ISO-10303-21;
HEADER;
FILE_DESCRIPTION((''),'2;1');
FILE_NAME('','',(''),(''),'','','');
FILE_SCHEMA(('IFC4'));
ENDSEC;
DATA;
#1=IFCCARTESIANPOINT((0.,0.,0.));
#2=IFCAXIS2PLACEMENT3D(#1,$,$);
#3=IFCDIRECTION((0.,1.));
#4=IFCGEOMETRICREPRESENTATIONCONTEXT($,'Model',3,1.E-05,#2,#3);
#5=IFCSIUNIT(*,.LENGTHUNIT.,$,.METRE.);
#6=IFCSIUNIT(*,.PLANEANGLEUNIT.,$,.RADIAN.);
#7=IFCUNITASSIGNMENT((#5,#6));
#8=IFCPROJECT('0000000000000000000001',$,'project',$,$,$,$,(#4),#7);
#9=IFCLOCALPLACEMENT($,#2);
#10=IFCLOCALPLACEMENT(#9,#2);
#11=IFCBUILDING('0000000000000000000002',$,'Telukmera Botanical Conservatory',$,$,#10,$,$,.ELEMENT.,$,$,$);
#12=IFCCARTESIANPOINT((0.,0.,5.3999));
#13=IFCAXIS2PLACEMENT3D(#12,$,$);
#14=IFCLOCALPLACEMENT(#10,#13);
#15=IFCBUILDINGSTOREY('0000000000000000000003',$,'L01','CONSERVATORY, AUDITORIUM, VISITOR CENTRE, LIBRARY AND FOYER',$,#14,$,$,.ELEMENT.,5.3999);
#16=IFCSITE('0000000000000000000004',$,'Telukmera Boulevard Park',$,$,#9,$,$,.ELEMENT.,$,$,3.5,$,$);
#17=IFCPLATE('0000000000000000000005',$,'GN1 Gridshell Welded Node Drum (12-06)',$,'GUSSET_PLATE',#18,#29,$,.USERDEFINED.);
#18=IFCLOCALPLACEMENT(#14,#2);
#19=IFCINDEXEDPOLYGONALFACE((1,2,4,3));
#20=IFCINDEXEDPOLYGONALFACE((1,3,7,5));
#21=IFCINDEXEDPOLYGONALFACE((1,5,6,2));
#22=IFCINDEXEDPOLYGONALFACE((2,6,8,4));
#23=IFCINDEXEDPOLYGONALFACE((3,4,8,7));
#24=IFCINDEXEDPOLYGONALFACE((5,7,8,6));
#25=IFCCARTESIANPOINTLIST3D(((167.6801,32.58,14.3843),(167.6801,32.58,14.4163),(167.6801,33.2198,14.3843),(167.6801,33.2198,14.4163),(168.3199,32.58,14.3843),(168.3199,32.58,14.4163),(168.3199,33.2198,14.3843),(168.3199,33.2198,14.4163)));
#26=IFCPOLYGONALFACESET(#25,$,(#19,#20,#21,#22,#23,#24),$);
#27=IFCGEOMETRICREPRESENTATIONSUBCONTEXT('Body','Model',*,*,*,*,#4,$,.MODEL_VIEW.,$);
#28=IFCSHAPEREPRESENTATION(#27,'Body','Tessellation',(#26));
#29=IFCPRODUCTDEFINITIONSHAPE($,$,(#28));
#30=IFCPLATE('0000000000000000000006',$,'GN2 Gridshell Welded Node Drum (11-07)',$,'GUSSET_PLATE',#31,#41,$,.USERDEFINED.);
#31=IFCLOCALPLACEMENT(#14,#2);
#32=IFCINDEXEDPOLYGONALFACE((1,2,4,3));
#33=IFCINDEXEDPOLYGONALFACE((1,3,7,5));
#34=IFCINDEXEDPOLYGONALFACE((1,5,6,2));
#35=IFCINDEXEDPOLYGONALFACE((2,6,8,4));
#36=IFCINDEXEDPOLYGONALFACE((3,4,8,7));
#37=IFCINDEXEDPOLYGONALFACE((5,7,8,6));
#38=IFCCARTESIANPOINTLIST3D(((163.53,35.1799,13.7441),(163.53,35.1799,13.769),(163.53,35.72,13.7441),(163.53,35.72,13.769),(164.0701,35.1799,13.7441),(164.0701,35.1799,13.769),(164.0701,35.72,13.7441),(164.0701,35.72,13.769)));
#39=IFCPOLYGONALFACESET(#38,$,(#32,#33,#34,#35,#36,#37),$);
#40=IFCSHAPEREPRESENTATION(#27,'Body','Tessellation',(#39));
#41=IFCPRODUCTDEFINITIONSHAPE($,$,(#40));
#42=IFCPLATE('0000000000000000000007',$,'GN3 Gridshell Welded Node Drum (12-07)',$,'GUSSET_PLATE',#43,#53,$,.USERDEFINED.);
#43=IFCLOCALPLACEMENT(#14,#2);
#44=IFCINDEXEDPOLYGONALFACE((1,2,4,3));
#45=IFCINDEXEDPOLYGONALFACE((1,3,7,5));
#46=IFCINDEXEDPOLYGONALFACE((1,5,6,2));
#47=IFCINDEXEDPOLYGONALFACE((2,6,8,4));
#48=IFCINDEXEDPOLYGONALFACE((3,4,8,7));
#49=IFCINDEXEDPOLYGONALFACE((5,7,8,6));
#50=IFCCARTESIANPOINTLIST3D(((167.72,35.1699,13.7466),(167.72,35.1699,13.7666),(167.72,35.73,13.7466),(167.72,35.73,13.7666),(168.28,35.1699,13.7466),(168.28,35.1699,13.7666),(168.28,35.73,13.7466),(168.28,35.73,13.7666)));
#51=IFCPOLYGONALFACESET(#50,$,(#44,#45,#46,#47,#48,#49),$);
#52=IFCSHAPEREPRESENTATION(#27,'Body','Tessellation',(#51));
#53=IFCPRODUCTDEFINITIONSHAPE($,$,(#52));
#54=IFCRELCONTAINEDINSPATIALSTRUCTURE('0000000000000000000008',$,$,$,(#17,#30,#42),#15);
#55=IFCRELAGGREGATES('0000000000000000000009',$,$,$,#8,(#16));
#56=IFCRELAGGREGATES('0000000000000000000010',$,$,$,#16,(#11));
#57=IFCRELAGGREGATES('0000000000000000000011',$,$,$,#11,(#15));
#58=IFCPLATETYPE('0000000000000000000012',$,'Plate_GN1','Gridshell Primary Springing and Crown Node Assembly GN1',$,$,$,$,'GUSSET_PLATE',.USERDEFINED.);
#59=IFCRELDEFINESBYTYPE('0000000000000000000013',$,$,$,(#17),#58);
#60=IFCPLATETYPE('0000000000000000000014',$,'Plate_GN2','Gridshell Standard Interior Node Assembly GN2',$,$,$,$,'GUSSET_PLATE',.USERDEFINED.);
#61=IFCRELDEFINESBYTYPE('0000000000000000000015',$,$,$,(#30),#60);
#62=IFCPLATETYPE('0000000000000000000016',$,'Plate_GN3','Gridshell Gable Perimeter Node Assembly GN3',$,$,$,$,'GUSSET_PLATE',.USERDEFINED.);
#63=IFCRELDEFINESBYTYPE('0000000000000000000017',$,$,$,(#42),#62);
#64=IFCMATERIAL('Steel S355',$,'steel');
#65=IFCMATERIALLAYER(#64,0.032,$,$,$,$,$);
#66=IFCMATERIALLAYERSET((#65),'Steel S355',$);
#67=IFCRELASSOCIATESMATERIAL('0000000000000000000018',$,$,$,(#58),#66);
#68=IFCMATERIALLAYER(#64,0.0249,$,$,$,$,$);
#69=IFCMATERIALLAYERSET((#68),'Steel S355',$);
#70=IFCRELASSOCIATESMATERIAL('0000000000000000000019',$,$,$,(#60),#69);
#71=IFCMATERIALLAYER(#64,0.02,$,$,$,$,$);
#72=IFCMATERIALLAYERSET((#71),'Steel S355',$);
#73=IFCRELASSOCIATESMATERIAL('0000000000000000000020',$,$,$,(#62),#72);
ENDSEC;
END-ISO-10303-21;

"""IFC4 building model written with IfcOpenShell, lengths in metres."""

from ifc_helpers import new_model, si_unit, direction, frame, origin, origin_2d, place, context, subcontext, project, spatial, rectangle, extrude, material, layer, layer_set, type_object, element, save


model = new_model("IFC4")

# Units and contexts
model_context = context("Model", 3, precision=1e-05, world=origin(), true_north=direction((0.0, 1.0)))
body_context = subcontext(model_context, "Body", "Model", "MODEL_VIEW")
ifc_project = project(units=[si_unit("LENGTHUNIT", "METRE"), si_unit("PLANEANGLEUNIT", "RADIAN")], contexts=[model_context])

# Site, building, storey
site_placement = place(None, origin())
site = spatial("IfcSite", under=ifc_project, at=site_placement, Name="Telukmera Boulevard Park", CompositionType="ELEMENT", RefElevation=3.5)
building_placement = place(site_placement, origin())
building = spatial("IfcBuilding", under=site, at=building_placement, Name="Telukmera Botanical Conservatory", CompositionType="ELEMENT")
storey_placement = place(building_placement, frame((0.0, 0.0, 5.3999)))
storey = spatial("IfcBuildingStorey", under=building, at=storey_placement, Name="L01", Description="CONSERVATORY, AUDITORIUM, VISITOR CENTRE, LIBRARY AND FOYER", CompositionType="ELEMENT", Elevation=5.3999)

# Shared definitions
ifc_material = material(Name="Steel S355", Category="steel")

# Plates
ifc_layer_1 = layer(ifc_material, 0.032)
ifc_layer_set_1 = layer_set([ifc_layer_1], Name="Steel S355")
plate_type_1 = type_object("IfcPlateType", Name="Plate_GN1", Description="Gridshell Primary Springing and Crown Node Assembly GN1", ElementType="GUSSET_PLATE", PredefinedType="USERDEFINED", material=ifc_layer_set_1)
for number, where, z_axis, x_axis, name in (
    (1, (168.0, 32.8999, 14.3843), (0.0, 0.0, 1.0), (1.0, 0.0, 0.0), "GN1 Gridshell Welded Node Drum (12-06)"),
):
    element("IfcPlate", number, at=place(storey_placement, frame(where, z_axis=z_axis, x_axis=x_axis)), inside=storey, type_object=plate_type_1, Name=name, ObjectType="GUSSET_PLATE", PredefinedType="USERDEFINED", context=body_context, shape_type="SweptSolid", body=[
        extrude(rectangle(XDim=0.6399, YDim=0.6399, at=origin_2d()), origin(), (0.0, 0.0, 1.0), 0.032),
    ])
ifc_layer_2 = layer(ifc_material, 0.0249)
ifc_layer_set_2 = layer_set([ifc_layer_2], Name="Steel S355")
plate_type_2 = type_object("IfcPlateType", Name="Plate_GN2", Description="Gridshell Standard Interior Node Assembly GN2", ElementType="GUSSET_PLATE", PredefinedType="USERDEFINED", material=ifc_layer_set_2)
plate_1_placement = place(storey_placement, frame((163.8, 35.45, 13.7441), z_axis=(0.0, 0.0, 1.0), x_axis=(1.0, 0.0, 0.0)))
element("IfcPlate", 2, at=plate_1_placement, inside=storey, type_object=plate_type_2, Name="GN2 Gridshell Welded Node Drum (11-07)", ObjectType="GUSSET_PLATE", PredefinedType="USERDEFINED", context=body_context, shape_type="SweptSolid", body=[
    extrude(rectangle(XDim=0.54, YDim=0.54, at=origin_2d()), origin(), (0.0, 0.0, 1.0), 0.0249),
])
ifc_layer_3 = layer(ifc_material, 0.02)
ifc_layer_set_3 = layer_set([ifc_layer_3], Name="Steel S355")
plate_type_3 = type_object("IfcPlateType", Name="Plate_GN3", Description="Gridshell Gable Perimeter Node Assembly GN3", ElementType="GUSSET_PLATE", PredefinedType="USERDEFINED", material=ifc_layer_set_3)
plate_2_placement = place(storey_placement, frame((168.0, 35.45, 13.7466), z_axis=(0.0, 0.0, 1.0), x_axis=(1.0, 0.0, 0.0)))
element("IfcPlate", 3, at=plate_2_placement, inside=storey, type_object=plate_type_3, Name="GN3 Gridshell Welded Node Drum (12-07)", ObjectType="GUSSET_PLATE", PredefinedType="USERDEFINED", context=body_context, shape_type="SweptSolid", body=[
    extrude(rectangle(XDim=0.5601, YDim=0.5601, at=origin_2d()), origin(), (0.0, 0.0, 1.0), 0.02),
])

save(model, "model.ifc")
